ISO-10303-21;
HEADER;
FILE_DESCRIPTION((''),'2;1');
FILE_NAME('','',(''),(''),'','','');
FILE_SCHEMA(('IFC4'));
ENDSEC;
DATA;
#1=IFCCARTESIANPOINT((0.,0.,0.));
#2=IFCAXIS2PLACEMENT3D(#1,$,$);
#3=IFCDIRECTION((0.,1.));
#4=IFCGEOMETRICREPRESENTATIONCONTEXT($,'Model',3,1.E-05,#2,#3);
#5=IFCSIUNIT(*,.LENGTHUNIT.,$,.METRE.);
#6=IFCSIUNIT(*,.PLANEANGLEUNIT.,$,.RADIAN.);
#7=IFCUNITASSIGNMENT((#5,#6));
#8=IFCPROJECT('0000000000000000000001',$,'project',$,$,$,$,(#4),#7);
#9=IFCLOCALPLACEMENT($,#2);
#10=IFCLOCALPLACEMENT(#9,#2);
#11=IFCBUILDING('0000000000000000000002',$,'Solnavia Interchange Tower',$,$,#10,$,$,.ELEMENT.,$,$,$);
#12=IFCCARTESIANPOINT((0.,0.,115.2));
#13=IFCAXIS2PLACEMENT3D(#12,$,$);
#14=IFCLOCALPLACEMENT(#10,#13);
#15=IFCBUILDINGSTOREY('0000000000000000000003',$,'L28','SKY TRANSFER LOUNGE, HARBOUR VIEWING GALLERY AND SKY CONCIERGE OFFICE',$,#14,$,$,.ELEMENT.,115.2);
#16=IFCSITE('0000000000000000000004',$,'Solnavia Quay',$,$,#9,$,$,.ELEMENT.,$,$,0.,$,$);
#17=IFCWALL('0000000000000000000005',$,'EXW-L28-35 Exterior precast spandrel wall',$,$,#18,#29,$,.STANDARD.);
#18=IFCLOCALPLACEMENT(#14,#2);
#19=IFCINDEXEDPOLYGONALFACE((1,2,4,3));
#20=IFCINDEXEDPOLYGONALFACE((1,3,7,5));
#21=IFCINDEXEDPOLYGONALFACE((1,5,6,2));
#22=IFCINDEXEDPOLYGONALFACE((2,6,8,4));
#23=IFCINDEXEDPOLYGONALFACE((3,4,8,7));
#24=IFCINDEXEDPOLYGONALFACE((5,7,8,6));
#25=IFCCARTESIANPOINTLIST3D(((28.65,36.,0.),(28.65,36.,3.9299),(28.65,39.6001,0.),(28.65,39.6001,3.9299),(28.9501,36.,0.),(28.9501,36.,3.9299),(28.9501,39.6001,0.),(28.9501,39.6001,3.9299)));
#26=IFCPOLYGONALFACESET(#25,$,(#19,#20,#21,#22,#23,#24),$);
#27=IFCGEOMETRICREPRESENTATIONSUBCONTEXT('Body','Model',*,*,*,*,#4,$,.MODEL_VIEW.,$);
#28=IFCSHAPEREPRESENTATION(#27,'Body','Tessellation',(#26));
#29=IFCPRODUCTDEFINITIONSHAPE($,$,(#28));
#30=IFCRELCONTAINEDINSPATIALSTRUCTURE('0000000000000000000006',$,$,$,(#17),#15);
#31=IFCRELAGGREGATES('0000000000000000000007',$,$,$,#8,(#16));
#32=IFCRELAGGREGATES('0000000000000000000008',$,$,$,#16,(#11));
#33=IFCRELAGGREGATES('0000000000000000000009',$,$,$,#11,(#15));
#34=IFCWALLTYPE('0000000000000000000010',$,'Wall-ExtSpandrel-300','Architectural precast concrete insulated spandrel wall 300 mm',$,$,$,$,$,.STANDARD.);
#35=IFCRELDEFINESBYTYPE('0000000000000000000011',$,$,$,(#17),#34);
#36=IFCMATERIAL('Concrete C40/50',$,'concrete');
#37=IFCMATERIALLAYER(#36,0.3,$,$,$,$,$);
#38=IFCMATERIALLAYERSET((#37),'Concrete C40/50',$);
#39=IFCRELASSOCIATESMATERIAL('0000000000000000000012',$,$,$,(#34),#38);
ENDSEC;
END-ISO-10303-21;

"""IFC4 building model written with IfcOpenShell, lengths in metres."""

from ifc_helpers import new_model, si_unit, direction, frame, frame_2d, origin, place, context, subcontext, project, spatial, rectangle, extrude, material, layer, layer_set, type_object, element, save


model = new_model("IFC4")

# Units and contexts
model_context = context("Model", 3, precision=1e-05, world=origin(), true_north=direction((0.0, 1.0)))
body_context = subcontext(model_context, "Body", "Model", "MODEL_VIEW")
ifc_project = project(units=[si_unit("LENGTHUNIT", "METRE"), si_unit("PLANEANGLEUNIT", "RADIAN")], contexts=[model_context])

# Site, building, storey
site_placement = place(None, origin())
site = spatial("IfcSite", under=ifc_project, at=site_placement, Name="Solnavia Quay", CompositionType="ELEMENT", RefElevation=0.0)
building_placement = place(site_placement, origin())
building = spatial("IfcBuilding", under=site, at=building_placement, Name="Solnavia Interchange Tower", CompositionType="ELEMENT")
storey_placement = place(building_placement, frame((0.0, 0.0, 115.2)))
storey = spatial("IfcBuildingStorey", under=building, at=storey_placement, Name="L28", Description="SKY TRANSFER LOUNGE, HARBOUR VIEWING GALLERY AND SKY CONCIERGE OFFICE", CompositionType="ELEMENT", Elevation=115.2)

# Wall
ifc_material_1 = material(Name="Concrete C40/50", Category="concrete")
ifc_layer_1 = layer(ifc_material_1, 0.3)
ifc_layer_set_1 = layer_set([ifc_layer_1], Name="Concrete C40/50")
wall_type = type_object("IfcWallType", Name="Wall-ExtSpandrel-300", Description="Architectural precast concrete insulated spandrel wall 300 mm", PredefinedType="STANDARD", material=ifc_layer_set_1)
wall_1_placement = place(storey_placement, frame((28.8, 36.0, 0.0), z_axis=(0.0, 0.0, 1.0), x_axis=(0.0, 1.0, 0.0)))
element("IfcWall", 1, at=wall_1_placement, inside=storey, type_object=wall_type, Name="EXW-L28-35 Exterior precast spandrel wall", PredefinedType="STANDARD", context=body_context, shape_type="SweptSolid", body=[
    extrude(rectangle(XDim=3.6001, YDim=0.3, at=frame_2d((1.8, 0.0))), origin(), (0.0, 0.0, 1.0), 3.9299),
])

save(model, "model.ifc")
